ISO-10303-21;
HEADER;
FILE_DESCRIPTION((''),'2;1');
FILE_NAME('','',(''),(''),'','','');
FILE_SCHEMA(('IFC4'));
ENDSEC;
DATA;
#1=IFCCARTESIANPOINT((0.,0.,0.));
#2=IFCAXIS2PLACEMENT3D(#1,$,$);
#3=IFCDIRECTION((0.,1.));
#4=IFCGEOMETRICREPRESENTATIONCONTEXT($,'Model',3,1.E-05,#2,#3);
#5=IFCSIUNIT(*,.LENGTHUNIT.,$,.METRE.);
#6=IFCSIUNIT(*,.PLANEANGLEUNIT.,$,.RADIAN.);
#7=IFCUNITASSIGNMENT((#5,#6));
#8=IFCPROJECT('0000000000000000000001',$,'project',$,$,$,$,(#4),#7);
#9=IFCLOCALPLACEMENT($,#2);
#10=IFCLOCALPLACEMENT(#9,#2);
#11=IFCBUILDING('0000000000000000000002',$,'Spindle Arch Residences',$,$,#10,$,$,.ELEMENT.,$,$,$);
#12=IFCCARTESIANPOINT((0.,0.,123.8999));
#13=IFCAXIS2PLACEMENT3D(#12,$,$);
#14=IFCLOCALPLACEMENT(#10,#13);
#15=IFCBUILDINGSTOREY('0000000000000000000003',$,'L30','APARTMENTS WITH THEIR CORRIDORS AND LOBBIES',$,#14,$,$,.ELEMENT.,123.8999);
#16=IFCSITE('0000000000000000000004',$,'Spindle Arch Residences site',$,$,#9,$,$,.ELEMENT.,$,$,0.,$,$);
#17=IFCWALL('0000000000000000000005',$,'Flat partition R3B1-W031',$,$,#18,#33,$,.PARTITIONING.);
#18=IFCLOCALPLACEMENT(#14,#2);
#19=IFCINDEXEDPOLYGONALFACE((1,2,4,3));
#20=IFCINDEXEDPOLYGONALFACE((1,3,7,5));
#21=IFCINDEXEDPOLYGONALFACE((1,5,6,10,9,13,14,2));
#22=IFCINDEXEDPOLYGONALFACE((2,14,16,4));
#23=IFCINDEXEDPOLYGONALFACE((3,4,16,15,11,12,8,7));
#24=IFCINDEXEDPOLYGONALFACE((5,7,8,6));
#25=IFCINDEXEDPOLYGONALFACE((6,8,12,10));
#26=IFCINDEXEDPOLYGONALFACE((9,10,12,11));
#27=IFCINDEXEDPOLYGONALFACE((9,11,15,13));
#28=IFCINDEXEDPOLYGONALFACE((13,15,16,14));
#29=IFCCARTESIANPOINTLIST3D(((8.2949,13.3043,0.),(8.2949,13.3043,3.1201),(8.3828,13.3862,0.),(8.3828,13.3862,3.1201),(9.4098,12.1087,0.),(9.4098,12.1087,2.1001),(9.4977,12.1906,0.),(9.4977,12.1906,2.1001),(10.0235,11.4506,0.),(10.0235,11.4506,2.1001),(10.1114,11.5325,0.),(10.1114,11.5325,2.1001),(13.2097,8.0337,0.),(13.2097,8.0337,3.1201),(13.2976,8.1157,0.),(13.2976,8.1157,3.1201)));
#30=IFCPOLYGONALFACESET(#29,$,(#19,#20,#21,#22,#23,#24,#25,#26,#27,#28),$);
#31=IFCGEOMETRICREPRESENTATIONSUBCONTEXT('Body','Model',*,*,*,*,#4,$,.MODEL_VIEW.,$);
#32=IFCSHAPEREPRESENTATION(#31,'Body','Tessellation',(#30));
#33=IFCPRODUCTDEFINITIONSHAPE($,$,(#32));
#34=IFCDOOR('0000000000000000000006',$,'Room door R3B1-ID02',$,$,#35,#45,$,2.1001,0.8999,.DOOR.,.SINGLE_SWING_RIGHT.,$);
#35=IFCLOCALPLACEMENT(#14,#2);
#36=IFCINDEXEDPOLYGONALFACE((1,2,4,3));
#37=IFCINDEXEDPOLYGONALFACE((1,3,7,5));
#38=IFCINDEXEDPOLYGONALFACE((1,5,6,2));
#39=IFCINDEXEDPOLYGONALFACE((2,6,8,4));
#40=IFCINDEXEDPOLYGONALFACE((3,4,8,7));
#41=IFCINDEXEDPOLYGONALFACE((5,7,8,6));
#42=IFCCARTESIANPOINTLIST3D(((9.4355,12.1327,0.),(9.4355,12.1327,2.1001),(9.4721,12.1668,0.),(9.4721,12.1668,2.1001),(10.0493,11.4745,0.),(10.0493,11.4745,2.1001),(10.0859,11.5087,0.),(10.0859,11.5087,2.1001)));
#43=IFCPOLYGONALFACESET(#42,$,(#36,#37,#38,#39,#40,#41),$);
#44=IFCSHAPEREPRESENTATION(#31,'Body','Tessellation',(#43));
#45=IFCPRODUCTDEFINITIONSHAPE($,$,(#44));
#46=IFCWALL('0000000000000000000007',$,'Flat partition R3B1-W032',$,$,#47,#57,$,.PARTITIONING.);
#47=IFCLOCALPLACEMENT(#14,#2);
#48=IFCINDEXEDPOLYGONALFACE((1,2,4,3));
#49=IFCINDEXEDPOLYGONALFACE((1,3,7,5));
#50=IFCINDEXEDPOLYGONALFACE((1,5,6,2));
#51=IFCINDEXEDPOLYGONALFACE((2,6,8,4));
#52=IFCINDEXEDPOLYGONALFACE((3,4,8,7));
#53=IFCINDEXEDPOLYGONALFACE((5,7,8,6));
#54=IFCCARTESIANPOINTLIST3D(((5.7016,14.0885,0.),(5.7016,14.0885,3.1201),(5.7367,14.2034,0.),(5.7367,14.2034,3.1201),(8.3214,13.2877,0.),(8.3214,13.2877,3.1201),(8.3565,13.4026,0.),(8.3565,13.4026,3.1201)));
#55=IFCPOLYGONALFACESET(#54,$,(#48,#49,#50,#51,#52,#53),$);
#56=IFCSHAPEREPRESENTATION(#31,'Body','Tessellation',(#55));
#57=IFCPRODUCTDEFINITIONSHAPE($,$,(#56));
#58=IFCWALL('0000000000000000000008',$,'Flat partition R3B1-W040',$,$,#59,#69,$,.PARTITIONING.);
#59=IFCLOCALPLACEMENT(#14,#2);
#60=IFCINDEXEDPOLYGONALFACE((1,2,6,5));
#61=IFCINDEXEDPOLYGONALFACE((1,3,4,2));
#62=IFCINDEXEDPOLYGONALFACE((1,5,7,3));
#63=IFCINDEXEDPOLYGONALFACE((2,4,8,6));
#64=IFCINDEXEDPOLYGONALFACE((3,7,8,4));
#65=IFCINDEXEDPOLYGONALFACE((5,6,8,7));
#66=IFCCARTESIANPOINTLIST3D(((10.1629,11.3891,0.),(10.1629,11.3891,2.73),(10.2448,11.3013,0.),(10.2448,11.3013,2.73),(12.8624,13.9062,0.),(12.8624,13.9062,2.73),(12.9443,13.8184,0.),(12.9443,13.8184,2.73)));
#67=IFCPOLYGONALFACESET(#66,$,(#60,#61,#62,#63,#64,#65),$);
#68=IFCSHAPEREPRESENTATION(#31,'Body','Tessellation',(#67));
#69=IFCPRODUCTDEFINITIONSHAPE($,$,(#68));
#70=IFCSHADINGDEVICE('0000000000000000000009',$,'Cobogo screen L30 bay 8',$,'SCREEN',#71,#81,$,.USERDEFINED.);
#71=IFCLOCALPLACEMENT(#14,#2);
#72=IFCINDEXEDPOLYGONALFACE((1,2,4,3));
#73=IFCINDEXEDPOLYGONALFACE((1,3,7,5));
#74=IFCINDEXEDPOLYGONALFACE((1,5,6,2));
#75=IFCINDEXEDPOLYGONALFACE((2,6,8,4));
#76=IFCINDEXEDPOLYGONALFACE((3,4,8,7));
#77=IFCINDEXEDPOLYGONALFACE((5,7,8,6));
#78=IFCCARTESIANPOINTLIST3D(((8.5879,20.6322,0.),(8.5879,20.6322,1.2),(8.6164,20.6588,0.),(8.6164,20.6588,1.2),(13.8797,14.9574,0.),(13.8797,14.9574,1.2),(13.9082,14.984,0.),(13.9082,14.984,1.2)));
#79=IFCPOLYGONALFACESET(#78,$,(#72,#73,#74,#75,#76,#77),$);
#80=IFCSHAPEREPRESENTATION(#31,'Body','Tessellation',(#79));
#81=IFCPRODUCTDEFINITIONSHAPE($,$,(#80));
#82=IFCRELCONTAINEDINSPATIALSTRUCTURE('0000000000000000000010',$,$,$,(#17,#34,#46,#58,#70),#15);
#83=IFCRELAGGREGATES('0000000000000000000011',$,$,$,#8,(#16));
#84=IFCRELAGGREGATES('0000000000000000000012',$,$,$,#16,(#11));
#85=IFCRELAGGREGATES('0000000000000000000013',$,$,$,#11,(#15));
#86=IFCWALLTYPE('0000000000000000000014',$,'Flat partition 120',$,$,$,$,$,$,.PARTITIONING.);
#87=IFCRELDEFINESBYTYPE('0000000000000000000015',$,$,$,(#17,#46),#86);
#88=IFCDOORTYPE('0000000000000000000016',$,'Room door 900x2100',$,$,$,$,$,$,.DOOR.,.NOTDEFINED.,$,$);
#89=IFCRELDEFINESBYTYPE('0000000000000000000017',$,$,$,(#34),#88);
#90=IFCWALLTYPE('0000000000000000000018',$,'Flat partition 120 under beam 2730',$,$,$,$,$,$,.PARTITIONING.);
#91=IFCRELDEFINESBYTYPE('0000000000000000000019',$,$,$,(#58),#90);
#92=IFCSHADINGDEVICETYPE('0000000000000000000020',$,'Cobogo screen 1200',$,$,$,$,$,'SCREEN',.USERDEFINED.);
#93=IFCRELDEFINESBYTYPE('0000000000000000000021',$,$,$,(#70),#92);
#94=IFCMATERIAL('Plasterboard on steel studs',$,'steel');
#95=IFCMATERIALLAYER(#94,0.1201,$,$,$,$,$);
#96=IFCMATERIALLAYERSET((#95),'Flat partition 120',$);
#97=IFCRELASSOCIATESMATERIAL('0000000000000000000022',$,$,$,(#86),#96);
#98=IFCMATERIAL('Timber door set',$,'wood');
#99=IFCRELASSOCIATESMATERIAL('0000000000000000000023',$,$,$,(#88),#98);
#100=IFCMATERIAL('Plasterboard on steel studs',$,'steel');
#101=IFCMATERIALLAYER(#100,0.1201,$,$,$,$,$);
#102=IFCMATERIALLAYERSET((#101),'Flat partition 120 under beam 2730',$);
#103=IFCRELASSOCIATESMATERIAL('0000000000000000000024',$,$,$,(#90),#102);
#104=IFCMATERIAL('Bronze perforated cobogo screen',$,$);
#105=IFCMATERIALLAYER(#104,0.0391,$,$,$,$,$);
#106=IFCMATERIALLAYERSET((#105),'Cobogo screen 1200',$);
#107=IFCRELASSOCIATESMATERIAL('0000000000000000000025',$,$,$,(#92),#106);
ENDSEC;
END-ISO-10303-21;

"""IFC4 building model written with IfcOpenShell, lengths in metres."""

from ifc_helpers import new_model, si_unit, direction, frame, frame_2d, origin, origin_2d, place, context, subcontext, project, spatial, rectangle, extrude, material, layer, layer_set, type_object, element, fill, save


model = new_model("IFC4")

# Units and contexts
model_context = context("Model", 3, precision=1e-05, world=origin(), true_north=direction((0.0, 1.0)))
body_context = subcontext(model_context, "Body", "Model", "MODEL_VIEW")
ifc_project = project(units=[si_unit("LENGTHUNIT", "METRE"), si_unit("PLANEANGLEUNIT", "RADIAN")], contexts=[model_context])

# Site, building, storey
site_placement = place(None, origin())
site = spatial("IfcSite", under=ifc_project, at=site_placement, Name="Spindle Arch Residences site", CompositionType="ELEMENT", RefElevation=0.0)
building_placement = place(site_placement, origin())
building = spatial("IfcBuilding", under=site, at=building_placement, Name="Spindle Arch Residences", CompositionType="ELEMENT")
storey_placement = place(building_placement, frame((0.0, 0.0, 123.8999)))
storey = spatial("IfcBuildingStorey", under=building, at=storey_placement, Name="L30", Description="APARTMENTS WITH THEIR CORRIDORS AND LOBBIES", CompositionType="ELEMENT", Elevation=123.8999)

# Shared definitions
ifc_material_1 = material(Name="Plasterboard on steel studs", Category="steel")
ifc_layer_1 = layer(ifc_material_1, 0.1201)
ifc_layer_set_1 = layer_set([ifc_layer_1], Name="Flat partition 120")
wall_type_1 = type_object("IfcWallType", Name="Flat partition 120", PredefinedType="PARTITIONING", material=ifc_layer_set_1)

# Wall, opening, door
wall_1_placement = place(storey_placement, frame((13.2537, 8.0747, 0.0), z_axis=(0.0, 0.0, 1.0), x_axis=(-0.681996, 0.731356, 0.0)))
wall_1 = element("IfcWall", 1, at=wall_1_placement, inside=storey, type_object=wall_type_1, Name="Flat partition R3B1-W031", PredefinedType="PARTITIONING", context=body_context, shape_type="SweptSolid", body=[
    extrude(rectangle(XDim=7.2065, YDim=0.1201, at=frame_2d((3.6033, 0.0))), origin(), (0.0, 0.0, 1.0), 3.1201),
])
opening_1_placement = place(wall_1_placement, frame((4.6719, 0.0, 0.0)))
opening_1 = element("IfcOpeningElement", 2, at=opening_1_placement, cuts=wall_1, PredefinedType="OPENING", context=body_context, shape_type="SweptSolid", body=[
    extrude(rectangle(XDim=0.8999, YDim=2.1001, at=frame_2d((0.45, 1.05))), frame((0.0, 0.0701, 0.0), z_axis=(0.0, -1.0, 0.0), x_axis=(1.0, 0.0, 0.0)), (0.0, 0.0, 1.0), 0.1401),
])
ifc_material_2 = material(Name="Timber door set", Category="wood")
door_type_1 = type_object("IfcDoorType", Name="Room door 900x2100", OperationType="NOTDEFINED", PredefinedType="DOOR", material=ifc_material_2)
door_1_placement = place(opening_1_placement, origin())
door_1 = element("IfcDoor", 3, at=door_1_placement, inside=storey, type_object=door_type_1, Name="Room door R3B1-ID02", OperationType="SINGLE_SWING_RIGHT", OverallHeight=2.1001, OverallWidth=0.8999, PredefinedType="DOOR", context=body_context, shape_type="SweptSolid", body=[
    extrude(rectangle(XDim=0.8999, YDim=2.1001, at=frame_2d((0.45, 1.05))), frame((0.0, 0.0249, 0.0), z_axis=(0.0, -1.0, 0.0), x_axis=(1.0, 0.0, 0.0)), (0.0, 0.0, 1.0), 0.05),
])
fill(opening_1, door_1)

# Walls
wall_2_placement = place(storey_placement, frame((8.3389, 13.3452, 0.0), z_axis=(0.0, 0.0, 1.0), x_axis=(-0.956325, 0.292307, 0.0)))
element("IfcWall", 4, at=wall_2_placement, inside=storey, type_object=wall_type_1, Name="Flat partition R3B1-W032", PredefinedType="PARTITIONING", context=body_context, shape_type="SweptSolid", body=[
    extrude(rectangle(XDim=2.7395, YDim=0.1201, at=frame_2d((1.3696, 0.0))), origin(), (0.0, 0.0, 1.0), 3.1201),
])
ifc_material_3 = material(Name="Plasterboard on steel studs", Category="steel")
ifc_layer_2 = layer(ifc_material_3, 0.1201)
ifc_layer_set_2 = layer_set([ifc_layer_2], Name="Flat partition 120 under beam 2730")
wall_type_2 = type_object("IfcWallType", Name="Flat partition 120 under beam 2730", PredefinedType="PARTITIONING", material=ifc_layer_set_2)
wall_3_placement = place(storey_placement, frame((12.9033, 13.8623, 0.0), z_axis=(0.0, 0.0, 1.0), x_axis=(-0.731381, -0.681969, 0.0)))
element("IfcWall", 5, at=wall_3_placement, inside=storey, type_object=wall_type_2, Name="Flat partition R3B1-W040", PredefinedType="PARTITIONING", context=body_context, shape_type="SweptSolid", body=[
    extrude(rectangle(XDim=3.6909, YDim=0.1201, at=frame_2d((1.8455, 0.0))), origin(), (0.0, 0.0, 1.0), 2.73),
])

# Shading device
ifc_material_4 = material(Name="Bronze perforated cobogo screen")
ifc_layer_3 = layer(ifc_material_4, 0.0391)
ifc_layer_set_3 = layer_set([ifc_layer_3], Name="Cobogo screen 1200")
shading_device_type = type_object("IfcShadingDeviceType", Name="Cobogo screen 1200", ElementType="SCREEN", PredefinedType="USERDEFINED", material=ifc_layer_set_3)
shading_device_placement = place(storey_placement, frame((11.248, 17.8081, 0.0), z_axis=(0.0, 0.0, 1.0), x_axis=(-0.681998, 0.731354, 0.0)))
element("IfcShadingDevice", 6, at=shading_device_placement, inside=storey, type_object=shading_device_type, Name="Cobogo screen L30 bay 8", ObjectType="SCREEN", PredefinedType="USERDEFINED", context=body_context, shape_type="SweptSolid", body=[
    extrude(rectangle(XDim=7.7593, YDim=0.0391, at=origin_2d()), origin(), (0.0, 0.0, 1.0), 1.2),
])

save(model, "model.ifc")
